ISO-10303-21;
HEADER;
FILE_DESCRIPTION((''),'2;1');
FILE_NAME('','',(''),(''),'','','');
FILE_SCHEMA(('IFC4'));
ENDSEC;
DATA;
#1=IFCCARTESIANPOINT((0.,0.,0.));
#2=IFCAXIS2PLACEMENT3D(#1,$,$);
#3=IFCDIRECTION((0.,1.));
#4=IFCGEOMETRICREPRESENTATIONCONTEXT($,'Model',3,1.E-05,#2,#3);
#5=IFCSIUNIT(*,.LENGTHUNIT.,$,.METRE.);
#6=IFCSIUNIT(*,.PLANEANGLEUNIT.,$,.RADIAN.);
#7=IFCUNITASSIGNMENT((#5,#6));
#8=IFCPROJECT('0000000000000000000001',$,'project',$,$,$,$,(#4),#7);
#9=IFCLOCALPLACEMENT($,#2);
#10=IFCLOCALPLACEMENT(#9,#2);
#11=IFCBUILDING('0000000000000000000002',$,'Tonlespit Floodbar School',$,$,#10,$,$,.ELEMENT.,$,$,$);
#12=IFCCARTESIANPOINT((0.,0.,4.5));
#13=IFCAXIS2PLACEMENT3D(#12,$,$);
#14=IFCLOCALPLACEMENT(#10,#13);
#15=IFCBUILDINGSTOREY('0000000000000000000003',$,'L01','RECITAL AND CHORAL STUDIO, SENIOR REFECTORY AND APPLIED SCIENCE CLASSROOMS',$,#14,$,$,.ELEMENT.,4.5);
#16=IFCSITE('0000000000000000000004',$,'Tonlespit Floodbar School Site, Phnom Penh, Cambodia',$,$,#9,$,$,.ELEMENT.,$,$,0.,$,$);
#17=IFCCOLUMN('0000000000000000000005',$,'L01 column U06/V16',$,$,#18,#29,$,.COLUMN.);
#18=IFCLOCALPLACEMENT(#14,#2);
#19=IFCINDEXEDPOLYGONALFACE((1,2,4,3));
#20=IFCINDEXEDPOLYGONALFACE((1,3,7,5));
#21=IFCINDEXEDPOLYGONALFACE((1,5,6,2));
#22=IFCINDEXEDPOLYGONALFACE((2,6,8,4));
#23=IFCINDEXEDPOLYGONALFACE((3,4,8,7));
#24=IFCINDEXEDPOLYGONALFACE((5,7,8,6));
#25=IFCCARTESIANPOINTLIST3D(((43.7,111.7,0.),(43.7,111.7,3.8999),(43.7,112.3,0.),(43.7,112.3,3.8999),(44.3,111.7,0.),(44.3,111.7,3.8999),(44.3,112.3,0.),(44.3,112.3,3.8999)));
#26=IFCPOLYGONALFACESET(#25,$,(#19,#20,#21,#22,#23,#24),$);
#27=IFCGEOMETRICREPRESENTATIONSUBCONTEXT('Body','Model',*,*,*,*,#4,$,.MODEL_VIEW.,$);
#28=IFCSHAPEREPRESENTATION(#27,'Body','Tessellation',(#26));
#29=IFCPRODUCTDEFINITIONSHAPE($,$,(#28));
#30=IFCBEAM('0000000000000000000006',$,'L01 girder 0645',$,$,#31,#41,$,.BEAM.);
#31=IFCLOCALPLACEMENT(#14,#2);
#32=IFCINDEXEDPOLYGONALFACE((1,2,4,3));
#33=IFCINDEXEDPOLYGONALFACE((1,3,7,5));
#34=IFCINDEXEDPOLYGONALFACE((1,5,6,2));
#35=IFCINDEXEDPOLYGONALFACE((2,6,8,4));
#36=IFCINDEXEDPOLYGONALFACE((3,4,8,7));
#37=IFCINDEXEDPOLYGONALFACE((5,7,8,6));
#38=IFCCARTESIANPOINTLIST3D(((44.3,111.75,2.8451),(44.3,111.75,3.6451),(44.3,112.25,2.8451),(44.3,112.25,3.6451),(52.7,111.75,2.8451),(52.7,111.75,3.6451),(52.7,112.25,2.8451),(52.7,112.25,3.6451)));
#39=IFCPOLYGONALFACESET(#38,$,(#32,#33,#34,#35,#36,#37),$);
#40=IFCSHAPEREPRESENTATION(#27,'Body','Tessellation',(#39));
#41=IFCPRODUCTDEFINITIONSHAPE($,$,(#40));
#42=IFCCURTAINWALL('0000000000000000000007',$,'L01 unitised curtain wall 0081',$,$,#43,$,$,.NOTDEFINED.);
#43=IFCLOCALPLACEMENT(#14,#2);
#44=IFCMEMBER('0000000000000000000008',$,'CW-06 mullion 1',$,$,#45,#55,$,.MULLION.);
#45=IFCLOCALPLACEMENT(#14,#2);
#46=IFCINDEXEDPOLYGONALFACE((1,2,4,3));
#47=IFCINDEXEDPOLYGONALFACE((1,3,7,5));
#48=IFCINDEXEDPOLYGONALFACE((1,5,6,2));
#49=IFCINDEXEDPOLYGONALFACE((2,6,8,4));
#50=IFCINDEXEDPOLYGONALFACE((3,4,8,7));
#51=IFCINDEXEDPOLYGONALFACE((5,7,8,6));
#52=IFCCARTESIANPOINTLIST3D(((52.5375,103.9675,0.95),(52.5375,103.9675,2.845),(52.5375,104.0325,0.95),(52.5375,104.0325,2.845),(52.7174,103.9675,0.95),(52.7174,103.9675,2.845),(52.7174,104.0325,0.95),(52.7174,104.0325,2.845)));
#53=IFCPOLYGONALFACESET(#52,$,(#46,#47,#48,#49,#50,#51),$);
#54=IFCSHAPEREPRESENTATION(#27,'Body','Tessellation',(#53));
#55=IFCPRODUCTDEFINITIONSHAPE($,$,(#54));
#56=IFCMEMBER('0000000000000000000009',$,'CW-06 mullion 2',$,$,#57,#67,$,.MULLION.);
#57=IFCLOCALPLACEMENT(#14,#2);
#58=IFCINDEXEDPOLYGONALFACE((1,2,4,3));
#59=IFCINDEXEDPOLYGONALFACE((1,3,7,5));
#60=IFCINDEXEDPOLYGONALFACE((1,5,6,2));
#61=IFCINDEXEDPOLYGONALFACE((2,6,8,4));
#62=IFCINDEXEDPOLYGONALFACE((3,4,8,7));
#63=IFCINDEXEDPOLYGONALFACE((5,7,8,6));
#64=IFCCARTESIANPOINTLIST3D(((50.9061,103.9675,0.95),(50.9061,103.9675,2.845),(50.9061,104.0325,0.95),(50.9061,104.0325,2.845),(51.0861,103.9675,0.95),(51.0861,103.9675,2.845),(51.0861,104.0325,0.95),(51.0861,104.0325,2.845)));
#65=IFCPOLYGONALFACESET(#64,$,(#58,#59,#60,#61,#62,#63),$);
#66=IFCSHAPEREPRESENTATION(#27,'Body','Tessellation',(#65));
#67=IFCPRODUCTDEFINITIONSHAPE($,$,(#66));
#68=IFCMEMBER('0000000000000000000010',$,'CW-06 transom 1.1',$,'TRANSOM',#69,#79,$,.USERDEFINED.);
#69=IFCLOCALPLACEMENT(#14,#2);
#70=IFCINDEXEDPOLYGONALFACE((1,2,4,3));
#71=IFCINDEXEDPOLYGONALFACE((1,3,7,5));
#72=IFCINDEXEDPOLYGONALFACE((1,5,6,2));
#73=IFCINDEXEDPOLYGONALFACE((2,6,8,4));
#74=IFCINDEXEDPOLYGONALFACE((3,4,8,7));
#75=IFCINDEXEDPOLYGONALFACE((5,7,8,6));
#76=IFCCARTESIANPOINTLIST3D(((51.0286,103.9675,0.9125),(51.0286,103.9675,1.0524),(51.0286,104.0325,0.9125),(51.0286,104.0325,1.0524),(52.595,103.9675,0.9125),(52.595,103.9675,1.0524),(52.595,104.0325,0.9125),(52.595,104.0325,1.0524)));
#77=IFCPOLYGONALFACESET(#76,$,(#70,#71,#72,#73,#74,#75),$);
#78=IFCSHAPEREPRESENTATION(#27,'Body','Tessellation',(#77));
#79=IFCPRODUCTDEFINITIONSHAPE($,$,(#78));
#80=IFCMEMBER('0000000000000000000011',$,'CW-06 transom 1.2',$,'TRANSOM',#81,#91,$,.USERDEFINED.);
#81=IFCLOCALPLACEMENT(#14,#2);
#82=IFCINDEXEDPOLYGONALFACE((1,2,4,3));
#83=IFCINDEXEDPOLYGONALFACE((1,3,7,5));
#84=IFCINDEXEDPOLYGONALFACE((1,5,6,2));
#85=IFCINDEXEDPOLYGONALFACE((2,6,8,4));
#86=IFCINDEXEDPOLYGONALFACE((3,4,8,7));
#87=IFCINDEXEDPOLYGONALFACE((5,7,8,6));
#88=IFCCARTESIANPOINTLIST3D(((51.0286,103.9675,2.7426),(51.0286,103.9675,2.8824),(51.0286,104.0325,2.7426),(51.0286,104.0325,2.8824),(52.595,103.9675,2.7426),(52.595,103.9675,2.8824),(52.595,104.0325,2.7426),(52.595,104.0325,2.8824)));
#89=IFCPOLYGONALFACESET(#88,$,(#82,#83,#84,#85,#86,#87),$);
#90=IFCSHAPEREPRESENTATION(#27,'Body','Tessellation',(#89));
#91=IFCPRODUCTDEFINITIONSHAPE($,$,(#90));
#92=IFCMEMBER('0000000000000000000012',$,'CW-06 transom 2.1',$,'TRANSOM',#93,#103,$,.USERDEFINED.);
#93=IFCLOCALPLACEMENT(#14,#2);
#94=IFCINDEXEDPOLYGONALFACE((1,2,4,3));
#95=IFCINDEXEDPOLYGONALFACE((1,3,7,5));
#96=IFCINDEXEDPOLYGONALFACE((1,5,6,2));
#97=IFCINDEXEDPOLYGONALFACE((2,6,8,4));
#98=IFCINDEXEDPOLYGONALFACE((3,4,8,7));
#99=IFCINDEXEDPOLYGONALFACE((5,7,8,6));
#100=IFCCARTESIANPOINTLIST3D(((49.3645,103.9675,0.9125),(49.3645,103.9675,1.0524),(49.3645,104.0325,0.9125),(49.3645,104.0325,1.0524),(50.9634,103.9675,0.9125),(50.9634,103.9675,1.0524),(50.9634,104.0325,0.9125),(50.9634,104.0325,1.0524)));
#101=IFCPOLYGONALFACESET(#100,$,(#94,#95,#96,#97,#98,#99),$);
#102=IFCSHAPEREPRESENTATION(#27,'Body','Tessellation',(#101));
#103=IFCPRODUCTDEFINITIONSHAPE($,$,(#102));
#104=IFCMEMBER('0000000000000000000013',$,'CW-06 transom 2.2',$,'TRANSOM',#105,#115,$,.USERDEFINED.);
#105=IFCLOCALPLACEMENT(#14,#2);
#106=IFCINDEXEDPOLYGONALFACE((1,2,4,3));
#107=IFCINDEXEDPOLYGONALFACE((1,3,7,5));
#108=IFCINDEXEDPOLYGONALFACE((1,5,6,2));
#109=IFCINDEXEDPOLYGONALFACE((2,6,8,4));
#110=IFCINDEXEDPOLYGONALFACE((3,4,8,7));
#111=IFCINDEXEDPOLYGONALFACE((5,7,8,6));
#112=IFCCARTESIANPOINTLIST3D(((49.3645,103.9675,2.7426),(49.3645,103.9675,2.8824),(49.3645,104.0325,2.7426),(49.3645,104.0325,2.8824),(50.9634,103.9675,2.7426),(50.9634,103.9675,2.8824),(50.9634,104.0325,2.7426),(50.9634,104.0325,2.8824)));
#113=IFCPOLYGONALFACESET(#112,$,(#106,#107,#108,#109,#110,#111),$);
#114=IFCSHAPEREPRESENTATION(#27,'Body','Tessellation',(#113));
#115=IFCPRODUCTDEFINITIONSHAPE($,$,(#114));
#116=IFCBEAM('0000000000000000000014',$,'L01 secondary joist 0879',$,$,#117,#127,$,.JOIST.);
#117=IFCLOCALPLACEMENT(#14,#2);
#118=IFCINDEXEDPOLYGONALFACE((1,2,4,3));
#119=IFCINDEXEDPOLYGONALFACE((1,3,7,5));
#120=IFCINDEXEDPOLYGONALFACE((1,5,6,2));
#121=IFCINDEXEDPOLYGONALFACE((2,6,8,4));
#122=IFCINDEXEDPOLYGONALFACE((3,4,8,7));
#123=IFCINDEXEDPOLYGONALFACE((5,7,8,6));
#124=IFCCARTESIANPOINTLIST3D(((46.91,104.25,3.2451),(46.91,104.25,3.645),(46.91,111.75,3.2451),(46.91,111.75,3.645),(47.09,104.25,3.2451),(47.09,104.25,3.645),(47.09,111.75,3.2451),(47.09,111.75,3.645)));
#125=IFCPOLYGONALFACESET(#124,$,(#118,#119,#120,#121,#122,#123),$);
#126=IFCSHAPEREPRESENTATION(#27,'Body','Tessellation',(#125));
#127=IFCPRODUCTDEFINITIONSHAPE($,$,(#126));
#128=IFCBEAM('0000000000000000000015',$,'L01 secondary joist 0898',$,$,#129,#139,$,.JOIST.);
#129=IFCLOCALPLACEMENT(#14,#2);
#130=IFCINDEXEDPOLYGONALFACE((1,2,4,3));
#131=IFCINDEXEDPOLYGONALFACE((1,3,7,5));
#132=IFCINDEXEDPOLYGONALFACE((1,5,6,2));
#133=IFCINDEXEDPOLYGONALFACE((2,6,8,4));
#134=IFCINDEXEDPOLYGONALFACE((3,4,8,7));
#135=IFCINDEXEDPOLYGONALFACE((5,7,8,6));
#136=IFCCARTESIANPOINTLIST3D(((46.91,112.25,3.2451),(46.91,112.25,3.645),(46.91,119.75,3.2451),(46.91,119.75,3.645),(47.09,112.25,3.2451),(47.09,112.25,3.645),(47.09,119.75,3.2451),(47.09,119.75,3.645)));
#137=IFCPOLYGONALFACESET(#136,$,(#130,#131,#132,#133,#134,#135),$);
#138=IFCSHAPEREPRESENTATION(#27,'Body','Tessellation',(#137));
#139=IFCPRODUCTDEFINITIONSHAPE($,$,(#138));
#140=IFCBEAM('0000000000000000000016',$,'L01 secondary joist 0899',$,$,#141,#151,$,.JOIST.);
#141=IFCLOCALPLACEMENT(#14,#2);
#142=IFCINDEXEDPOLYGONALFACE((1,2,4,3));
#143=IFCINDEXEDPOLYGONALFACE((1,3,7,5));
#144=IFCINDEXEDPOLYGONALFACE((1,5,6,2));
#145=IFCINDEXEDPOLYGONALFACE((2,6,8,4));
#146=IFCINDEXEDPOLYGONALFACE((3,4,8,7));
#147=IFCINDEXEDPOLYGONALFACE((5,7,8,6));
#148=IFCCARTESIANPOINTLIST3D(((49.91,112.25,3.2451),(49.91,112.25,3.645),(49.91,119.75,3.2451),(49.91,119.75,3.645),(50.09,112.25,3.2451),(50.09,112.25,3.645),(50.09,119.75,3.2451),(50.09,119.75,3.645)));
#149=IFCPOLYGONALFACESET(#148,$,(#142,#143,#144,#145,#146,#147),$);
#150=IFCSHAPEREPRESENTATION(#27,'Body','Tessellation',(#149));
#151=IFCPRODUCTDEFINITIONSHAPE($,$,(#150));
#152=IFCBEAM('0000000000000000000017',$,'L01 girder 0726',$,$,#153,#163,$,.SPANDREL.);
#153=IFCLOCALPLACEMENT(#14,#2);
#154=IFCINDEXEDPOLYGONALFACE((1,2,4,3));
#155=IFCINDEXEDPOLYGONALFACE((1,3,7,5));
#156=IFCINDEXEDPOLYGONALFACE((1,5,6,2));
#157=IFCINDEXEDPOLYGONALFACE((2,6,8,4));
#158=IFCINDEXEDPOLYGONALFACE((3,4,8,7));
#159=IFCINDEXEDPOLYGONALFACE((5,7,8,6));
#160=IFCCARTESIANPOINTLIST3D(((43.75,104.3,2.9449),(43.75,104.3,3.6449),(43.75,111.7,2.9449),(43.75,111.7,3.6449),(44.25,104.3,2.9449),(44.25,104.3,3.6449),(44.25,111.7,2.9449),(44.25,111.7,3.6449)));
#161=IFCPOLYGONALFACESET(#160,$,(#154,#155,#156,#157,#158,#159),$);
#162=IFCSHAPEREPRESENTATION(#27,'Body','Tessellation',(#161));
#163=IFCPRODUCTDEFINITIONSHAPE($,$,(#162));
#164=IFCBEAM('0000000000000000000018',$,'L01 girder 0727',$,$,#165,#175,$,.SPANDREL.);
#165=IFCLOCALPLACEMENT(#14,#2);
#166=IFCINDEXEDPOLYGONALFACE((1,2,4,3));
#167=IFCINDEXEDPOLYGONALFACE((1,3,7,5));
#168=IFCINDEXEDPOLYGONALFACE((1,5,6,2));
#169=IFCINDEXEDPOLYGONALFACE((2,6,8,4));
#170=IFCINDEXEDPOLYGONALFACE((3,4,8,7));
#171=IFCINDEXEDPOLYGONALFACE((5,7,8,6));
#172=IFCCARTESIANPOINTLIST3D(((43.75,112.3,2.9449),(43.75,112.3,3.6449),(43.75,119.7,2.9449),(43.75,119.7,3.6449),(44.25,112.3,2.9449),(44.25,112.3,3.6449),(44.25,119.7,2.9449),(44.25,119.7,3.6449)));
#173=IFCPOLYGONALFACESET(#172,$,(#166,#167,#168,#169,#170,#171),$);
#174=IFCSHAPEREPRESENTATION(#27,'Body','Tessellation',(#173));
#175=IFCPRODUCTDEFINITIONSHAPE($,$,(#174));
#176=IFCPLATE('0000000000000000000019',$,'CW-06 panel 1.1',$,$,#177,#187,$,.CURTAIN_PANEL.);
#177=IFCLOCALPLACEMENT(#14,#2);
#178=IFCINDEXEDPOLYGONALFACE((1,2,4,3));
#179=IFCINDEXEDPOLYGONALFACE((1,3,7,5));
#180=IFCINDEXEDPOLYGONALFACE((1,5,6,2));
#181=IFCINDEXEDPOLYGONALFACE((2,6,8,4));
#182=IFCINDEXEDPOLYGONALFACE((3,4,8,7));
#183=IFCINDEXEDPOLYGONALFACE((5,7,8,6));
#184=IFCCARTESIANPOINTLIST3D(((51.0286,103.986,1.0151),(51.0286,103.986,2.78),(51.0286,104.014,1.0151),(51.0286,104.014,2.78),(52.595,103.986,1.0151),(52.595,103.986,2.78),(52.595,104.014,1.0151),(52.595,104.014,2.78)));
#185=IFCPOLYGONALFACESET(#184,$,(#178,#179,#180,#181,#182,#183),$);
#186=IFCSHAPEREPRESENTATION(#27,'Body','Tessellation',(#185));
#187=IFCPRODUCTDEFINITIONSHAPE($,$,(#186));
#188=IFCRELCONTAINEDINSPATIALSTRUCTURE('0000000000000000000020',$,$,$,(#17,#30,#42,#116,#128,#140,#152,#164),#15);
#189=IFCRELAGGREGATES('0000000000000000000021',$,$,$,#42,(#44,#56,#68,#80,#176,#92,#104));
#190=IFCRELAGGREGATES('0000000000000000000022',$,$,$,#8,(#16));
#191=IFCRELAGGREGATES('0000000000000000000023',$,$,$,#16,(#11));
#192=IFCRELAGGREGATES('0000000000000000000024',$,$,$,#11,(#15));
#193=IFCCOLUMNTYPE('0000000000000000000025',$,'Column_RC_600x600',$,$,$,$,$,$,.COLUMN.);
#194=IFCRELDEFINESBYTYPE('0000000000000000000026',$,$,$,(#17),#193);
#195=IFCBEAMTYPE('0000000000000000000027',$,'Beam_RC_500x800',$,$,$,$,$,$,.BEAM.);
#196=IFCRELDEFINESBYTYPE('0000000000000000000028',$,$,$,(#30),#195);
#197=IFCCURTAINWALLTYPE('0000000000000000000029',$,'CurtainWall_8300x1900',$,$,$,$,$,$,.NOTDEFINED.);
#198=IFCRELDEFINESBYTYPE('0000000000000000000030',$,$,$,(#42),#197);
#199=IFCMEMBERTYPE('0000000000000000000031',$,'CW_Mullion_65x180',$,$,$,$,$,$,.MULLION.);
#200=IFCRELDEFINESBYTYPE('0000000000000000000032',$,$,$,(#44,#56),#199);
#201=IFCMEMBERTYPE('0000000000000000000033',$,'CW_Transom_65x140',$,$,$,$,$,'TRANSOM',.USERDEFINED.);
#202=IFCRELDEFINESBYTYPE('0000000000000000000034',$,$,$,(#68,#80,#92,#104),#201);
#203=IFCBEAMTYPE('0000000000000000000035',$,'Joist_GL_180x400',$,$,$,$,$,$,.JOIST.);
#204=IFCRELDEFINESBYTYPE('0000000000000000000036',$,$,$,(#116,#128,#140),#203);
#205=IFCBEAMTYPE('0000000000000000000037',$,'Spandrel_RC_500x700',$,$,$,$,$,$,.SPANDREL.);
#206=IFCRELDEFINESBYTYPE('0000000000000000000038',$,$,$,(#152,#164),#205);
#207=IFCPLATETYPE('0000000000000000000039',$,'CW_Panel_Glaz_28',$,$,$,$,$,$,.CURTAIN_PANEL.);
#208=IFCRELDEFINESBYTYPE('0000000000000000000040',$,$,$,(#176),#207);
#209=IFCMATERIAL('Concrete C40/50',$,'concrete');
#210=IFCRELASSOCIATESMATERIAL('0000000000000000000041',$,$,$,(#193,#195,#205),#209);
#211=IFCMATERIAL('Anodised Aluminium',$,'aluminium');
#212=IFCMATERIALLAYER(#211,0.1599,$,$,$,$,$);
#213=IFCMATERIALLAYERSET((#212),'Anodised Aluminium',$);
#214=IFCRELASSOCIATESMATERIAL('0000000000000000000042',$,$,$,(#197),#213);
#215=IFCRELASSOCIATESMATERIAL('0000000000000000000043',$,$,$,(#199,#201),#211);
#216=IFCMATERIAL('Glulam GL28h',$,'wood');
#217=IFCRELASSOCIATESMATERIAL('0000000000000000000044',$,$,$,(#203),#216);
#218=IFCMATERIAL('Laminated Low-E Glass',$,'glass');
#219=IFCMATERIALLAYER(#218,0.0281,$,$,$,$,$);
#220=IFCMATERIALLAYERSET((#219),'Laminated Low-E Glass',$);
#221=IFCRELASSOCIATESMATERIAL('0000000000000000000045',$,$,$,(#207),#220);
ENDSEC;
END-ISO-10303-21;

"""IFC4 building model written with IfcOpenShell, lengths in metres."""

from ifc_helpers import new_model, si_unit, direction, frame, origin, origin_2d, place, context, subcontext, project, spatial, rectangle, extrude, material, layer, layer_set, material_profile, profile_set, type_object, element, aggregate, save


model = new_model("IFC4")

# Units and contexts
model_context = context("Model", 3, precision=1e-05, world=origin(), true_north=direction((0.0, 1.0)))
body_context = subcontext(model_context, "Body", "Model", "MODEL_VIEW")
ifc_project = project(units=[si_unit("LENGTHUNIT", "METRE"), si_unit("PLANEANGLEUNIT", "RADIAN")], contexts=[model_context])

# Site, building, storey
site_placement = place(None, origin())
site = spatial("IfcSite", under=ifc_project, at=site_placement, Name="Tonlespit Floodbar School Site, Phnom Penh, Cambodia", CompositionType="ELEMENT", RefElevation=0.0)
building_placement = place(site_placement, origin())
building = spatial("IfcBuilding", under=site, at=building_placement, Name="Tonlespit Floodbar School", CompositionType="ELEMENT")
storey_placement = place(building_placement, frame((0.0, 0.0, 4.5)))
storey = spatial("IfcBuildingStorey", under=building, at=storey_placement, Name="L01", Description="RECITAL AND CHORAL STUDIO, SENIOR REFECTORY AND APPLIED SCIENCE CLASSROOMS", CompositionType="ELEMENT", Elevation=4.5)

# Column
ifc_material_1 = material(Name="Concrete C40/50", Category="concrete")
ifc_material_profile_1 = material_profile(ifc_material_1, rectangle(XDim=0.6001, YDim=0.6001, at=origin_2d()), Name="RC 600x600")
ifc_profile_set_1 = profile_set([ifc_material_profile_1], Name="Concrete C40/50")
column_type = type_object("IfcColumnType", Name="Column_RC_600x600", PredefinedType="COLUMN", material=ifc_profile_set_1)
column_placement = place(storey_placement, frame((44.0, 112.0, 0.0), z_axis=(0.0, 0.0, 1.0), x_axis=(1.0, 0.0, 0.0)))
element("IfcColumn", 1, at=column_placement, inside=storey, type_object=column_type, Name="L01 column U06/V16", PredefinedType="COLUMN", context=body_context, shape_type="SweptSolid", body=[
    extrude(rectangle(XDim=0.6001, YDim=0.6001, at=origin_2d()), origin(), (0.0, 0.0, 1.0), 3.8999),
])

# Beam
ifc_material_profile_2 = material_profile(ifc_material_1, rectangle(XDim=0.5, YDim=0.8, at=origin_2d()), Name="RC 500x800")
ifc_profile_set_2 = profile_set([ifc_material_profile_2], Name="Concrete C40/50")
beam_type_1 = type_object("IfcBeamType", Name="Beam_RC_500x800", PredefinedType="BEAM", material=ifc_profile_set_2)
beam_placement = place(storey_placement, frame((44.3, 112.0, 3.2451), z_axis=(1.0, 0.0, 0.0), x_axis=(0.0, 1.0, 0.0)))
element("IfcBeam", 2, at=beam_placement, inside=storey, type_object=beam_type_1, Name="L01 girder 0645", PredefinedType="BEAM", context=body_context, shape_type="SweptSolid", body=[
    extrude(rectangle(XDim=0.5, YDim=0.8, at=origin_2d()), origin(), (0.0, 0.0, 1.0), 8.3999),
])

# Curtain wall, members
ifc_material_2 = material(Name="Anodised Aluminium", Category="aluminium")
ifc_layer_1 = layer(ifc_material_2, 0.1599)
ifc_layer_set_1 = layer_set([ifc_layer_1], Name="Anodised Aluminium")
curtain_wall_type = type_object("IfcCurtainWallType", Name="CurtainWall_8300x1900", PredefinedType="NOTDEFINED", material=ifc_layer_set_1)
curtain_wall_placement = place(storey_placement, origin())
curtain_wall = element("IfcCurtainWall", 3, at=curtain_wall_placement, inside=storey, type_object=curtain_wall_type, Name="L01 unitised curtain wall 0081", PredefinedType="NOTDEFINED")
ifc_material_profile_3 = material_profile(ifc_material_2, rectangle(XDim=0.0649, YDim=0.1799, at=origin_2d()), Name="ALU M65x180")
ifc_profile_set_3 = profile_set([ifc_material_profile_3], Name="Anodised Aluminium")
member_type_1 = type_object("IfcMemberType", Name="CW_Mullion_65x180", PredefinedType="MULLION", material=ifc_profile_set_3)
member_1_placement = place(storey_placement, frame((52.6274, 104.0, 0.95), z_axis=(0.0, 0.0, 1.0), x_axis=(0.0, -1.0, 0.0)))
member_1 = element("IfcMember", 4, at=member_1_placement, type_object=member_type_1, Name="CW-06 mullion 1", PredefinedType="MULLION", context=body_context, shape_type="SweptSolid", body=[
    extrude(rectangle(XDim=0.0649, YDim=0.1799, at=origin_2d()), origin(), (0.0, 0.0, 1.0), 1.895),
])
member_2_placement = place(storey_placement, frame((50.9961, 104.0, 0.95), z_axis=(0.0, 0.0, 1.0), x_axis=(0.0, -1.0, 0.0)))
member_2 = element("IfcMember", 5, at=member_2_placement, type_object=member_type_1, Name="CW-06 mullion 2", PredefinedType="MULLION", context=body_context, shape_type="SweptSolid", body=[
    extrude(rectangle(XDim=0.0649, YDim=0.1799, at=origin_2d()), origin(), (0.0, 0.0, 1.0), 1.895),
])
ifc_material_profile_4 = material_profile(ifc_material_2, rectangle(XDim=0.0649, YDim=0.1399, at=origin_2d()), Name="ALU T65x140")
ifc_profile_set_4 = profile_set([ifc_material_profile_4], Name="Anodised Aluminium")
member_type_2 = type_object("IfcMemberType", Name="CW_Transom_65x140", ElementType="TRANSOM", PredefinedType="USERDEFINED", material=ifc_profile_set_4)
member_3_placement = place(storey_placement, frame((52.595, 104.0, 0.9824), z_axis=(-1.0, 0.0, 0.0), x_axis=(0.0, -1.0, 0.0)))
member_3 = element("IfcMember", 6, at=member_3_placement, type_object=member_type_2, Name="CW-06 transom 1.1", ObjectType="TRANSOM", PredefinedType="USERDEFINED", context=body_context, shape_type="SweptSolid", body=[
    extrude(rectangle(XDim=0.0649, YDim=0.1399, at=origin_2d()), origin(), (0.0, 0.0, 1.0), 1.5664),
])
member_4_placement = place(storey_placement, frame((52.595, 104.0, 2.8125), z_axis=(-1.0, 0.0, 0.0), x_axis=(0.0, -1.0, 0.0)))
member_4 = element("IfcMember", 7, at=member_4_placement, type_object=member_type_2, Name="CW-06 transom 1.2", ObjectType="TRANSOM", PredefinedType="USERDEFINED", context=body_context, shape_type="SweptSolid", body=[
    extrude(rectangle(XDim=0.0649, YDim=0.1399, at=origin_2d()), origin(), (0.0, 0.0, 1.0), 1.5664),
])
member_5_placement = place(storey_placement, frame((50.9634, 104.0, 0.9824), z_axis=(-1.0, 0.0, 0.0), x_axis=(0.0, -1.0, 0.0)))
member_5 = element("IfcMember", 8, at=member_5_placement, type_object=member_type_2, Name="CW-06 transom 2.1", ObjectType="TRANSOM", PredefinedType="USERDEFINED", context=body_context, shape_type="SweptSolid", body=[
    extrude(rectangle(XDim=0.0649, YDim=0.1399, at=origin_2d()), origin(), (0.0, 0.0, 1.0), 1.5989),
])
member_6_placement = place(storey_placement, frame((50.9634, 104.0, 2.8125), z_axis=(-1.0, 0.0, 0.0), x_axis=(0.0, -1.0, 0.0)))
member_6 = element("IfcMember", 9, at=member_6_placement, type_object=member_type_2, Name="CW-06 transom 2.2", ObjectType="TRANSOM", PredefinedType="USERDEFINED", context=body_context, shape_type="SweptSolid", body=[
    extrude(rectangle(XDim=0.0649, YDim=0.1399, at=origin_2d()), origin(), (0.0, 0.0, 1.0), 1.5989),
])

# Beams
ifc_material_3 = material(Name="Glulam GL28h", Category="wood")
ifc_material_profile_5 = material_profile(ifc_material_3, rectangle(XDim=0.1799, YDim=0.3999, at=origin_2d()), Name="GL 180x400")
ifc_profile_set_5 = profile_set([ifc_material_profile_5], Name="Glulam GL28h")
beam_type_2 = type_object("IfcBeamType", Name="Joist_GL_180x400", PredefinedType="JOIST", material=ifc_profile_set_5)
for number, where, z_axis, x_axis, name in (
    (10, (47.0, 104.25, 3.4451), (0.0, 1.0, 0.0), (-1.0, 0.0, 0.0), "L01 secondary joist 0879"),
    (11, (47.0, 112.25, 3.4451), (0.0, 1.0, 0.0), (-1.0, 0.0, 0.0), "L01 secondary joist 0898"),
    (12, (50.0, 112.25, 3.4451), (0.0, 1.0, 0.0), (-1.0, 0.0, 0.0), "L01 secondary joist 0899"),
):
    element("IfcBeam", number, at=place(storey_placement, frame(where, z_axis=z_axis, x_axis=x_axis)), inside=storey, type_object=beam_type_2, Name=name, PredefinedType="JOIST", context=body_context, shape_type="SweptSolid", body=[
        extrude(rectangle(XDim=0.1799, YDim=0.3999, at=origin_2d()), origin(), (0.0, 0.0, 1.0), 7.5),
    ])
ifc_material_profile_6 = material_profile(ifc_material_1, rectangle(XDim=0.5, YDim=0.7, at=origin_2d()), Name="RC 500x700")
ifc_profile_set_6 = profile_set([ifc_material_profile_6], Name="Concrete C40/50")
beam_type_3 = type_object("IfcBeamType", Name="Spandrel_RC_500x700", PredefinedType="SPANDREL", material=ifc_profile_set_6)
for number, where, z_axis, x_axis, name in (
    (13, (44.0, 104.3, 3.2949), (0.0, 1.0, 0.0), (-1.0, 0.0, 0.0), "L01 girder 0726"),
    (14, (44.0, 112.3, 3.2949), (0.0, 1.0, 0.0), (-1.0, 0.0, 0.0), "L01 girder 0727"),
):
    element("IfcBeam", number, at=place(storey_placement, frame(where, z_axis=z_axis, x_axis=x_axis)), inside=storey, type_object=beam_type_3, Name=name, PredefinedType="SPANDREL", context=body_context, shape_type="SweptSolid", body=[
        extrude(rectangle(XDim=0.5, YDim=0.7, at=origin_2d()), origin(), (0.0, 0.0, 1.0), 7.3999),
    ])

# Plate
ifc_material_4 = material(Name="Laminated Low-E Glass", Category="glass")
ifc_layer_2 = layer(ifc_material_4, 0.0281)
ifc_layer_set_2 = layer_set([ifc_layer_2], Name="Laminated Low-E Glass")
plate_type = type_object("IfcPlateType", Name="CW_Panel_Glaz_28", PredefinedType="CURTAIN_PANEL", material=ifc_layer_set_2)
plate_placement = place(storey_placement, frame((51.8118, 104.0, 1.0151), z_axis=(0.0, 0.0, 1.0), x_axis=(-1.0, 0.0, 0.0)))
plate = element("IfcPlate", 15, at=plate_placement, type_object=plate_type, Name="CW-06 panel 1.1", PredefinedType="CURTAIN_PANEL", context=body_context, shape_type="SweptSolid", body=[
    extrude(rectangle(XDim=1.5664, YDim=0.0281, at=origin_2d()), origin(), (0.0, 0.0, 1.0), 1.7649),
])
aggregate(curtain_wall, [member_1, member_2, member_3, member_4, plate, member_5, member_6])

save(model, "model.ifc")
